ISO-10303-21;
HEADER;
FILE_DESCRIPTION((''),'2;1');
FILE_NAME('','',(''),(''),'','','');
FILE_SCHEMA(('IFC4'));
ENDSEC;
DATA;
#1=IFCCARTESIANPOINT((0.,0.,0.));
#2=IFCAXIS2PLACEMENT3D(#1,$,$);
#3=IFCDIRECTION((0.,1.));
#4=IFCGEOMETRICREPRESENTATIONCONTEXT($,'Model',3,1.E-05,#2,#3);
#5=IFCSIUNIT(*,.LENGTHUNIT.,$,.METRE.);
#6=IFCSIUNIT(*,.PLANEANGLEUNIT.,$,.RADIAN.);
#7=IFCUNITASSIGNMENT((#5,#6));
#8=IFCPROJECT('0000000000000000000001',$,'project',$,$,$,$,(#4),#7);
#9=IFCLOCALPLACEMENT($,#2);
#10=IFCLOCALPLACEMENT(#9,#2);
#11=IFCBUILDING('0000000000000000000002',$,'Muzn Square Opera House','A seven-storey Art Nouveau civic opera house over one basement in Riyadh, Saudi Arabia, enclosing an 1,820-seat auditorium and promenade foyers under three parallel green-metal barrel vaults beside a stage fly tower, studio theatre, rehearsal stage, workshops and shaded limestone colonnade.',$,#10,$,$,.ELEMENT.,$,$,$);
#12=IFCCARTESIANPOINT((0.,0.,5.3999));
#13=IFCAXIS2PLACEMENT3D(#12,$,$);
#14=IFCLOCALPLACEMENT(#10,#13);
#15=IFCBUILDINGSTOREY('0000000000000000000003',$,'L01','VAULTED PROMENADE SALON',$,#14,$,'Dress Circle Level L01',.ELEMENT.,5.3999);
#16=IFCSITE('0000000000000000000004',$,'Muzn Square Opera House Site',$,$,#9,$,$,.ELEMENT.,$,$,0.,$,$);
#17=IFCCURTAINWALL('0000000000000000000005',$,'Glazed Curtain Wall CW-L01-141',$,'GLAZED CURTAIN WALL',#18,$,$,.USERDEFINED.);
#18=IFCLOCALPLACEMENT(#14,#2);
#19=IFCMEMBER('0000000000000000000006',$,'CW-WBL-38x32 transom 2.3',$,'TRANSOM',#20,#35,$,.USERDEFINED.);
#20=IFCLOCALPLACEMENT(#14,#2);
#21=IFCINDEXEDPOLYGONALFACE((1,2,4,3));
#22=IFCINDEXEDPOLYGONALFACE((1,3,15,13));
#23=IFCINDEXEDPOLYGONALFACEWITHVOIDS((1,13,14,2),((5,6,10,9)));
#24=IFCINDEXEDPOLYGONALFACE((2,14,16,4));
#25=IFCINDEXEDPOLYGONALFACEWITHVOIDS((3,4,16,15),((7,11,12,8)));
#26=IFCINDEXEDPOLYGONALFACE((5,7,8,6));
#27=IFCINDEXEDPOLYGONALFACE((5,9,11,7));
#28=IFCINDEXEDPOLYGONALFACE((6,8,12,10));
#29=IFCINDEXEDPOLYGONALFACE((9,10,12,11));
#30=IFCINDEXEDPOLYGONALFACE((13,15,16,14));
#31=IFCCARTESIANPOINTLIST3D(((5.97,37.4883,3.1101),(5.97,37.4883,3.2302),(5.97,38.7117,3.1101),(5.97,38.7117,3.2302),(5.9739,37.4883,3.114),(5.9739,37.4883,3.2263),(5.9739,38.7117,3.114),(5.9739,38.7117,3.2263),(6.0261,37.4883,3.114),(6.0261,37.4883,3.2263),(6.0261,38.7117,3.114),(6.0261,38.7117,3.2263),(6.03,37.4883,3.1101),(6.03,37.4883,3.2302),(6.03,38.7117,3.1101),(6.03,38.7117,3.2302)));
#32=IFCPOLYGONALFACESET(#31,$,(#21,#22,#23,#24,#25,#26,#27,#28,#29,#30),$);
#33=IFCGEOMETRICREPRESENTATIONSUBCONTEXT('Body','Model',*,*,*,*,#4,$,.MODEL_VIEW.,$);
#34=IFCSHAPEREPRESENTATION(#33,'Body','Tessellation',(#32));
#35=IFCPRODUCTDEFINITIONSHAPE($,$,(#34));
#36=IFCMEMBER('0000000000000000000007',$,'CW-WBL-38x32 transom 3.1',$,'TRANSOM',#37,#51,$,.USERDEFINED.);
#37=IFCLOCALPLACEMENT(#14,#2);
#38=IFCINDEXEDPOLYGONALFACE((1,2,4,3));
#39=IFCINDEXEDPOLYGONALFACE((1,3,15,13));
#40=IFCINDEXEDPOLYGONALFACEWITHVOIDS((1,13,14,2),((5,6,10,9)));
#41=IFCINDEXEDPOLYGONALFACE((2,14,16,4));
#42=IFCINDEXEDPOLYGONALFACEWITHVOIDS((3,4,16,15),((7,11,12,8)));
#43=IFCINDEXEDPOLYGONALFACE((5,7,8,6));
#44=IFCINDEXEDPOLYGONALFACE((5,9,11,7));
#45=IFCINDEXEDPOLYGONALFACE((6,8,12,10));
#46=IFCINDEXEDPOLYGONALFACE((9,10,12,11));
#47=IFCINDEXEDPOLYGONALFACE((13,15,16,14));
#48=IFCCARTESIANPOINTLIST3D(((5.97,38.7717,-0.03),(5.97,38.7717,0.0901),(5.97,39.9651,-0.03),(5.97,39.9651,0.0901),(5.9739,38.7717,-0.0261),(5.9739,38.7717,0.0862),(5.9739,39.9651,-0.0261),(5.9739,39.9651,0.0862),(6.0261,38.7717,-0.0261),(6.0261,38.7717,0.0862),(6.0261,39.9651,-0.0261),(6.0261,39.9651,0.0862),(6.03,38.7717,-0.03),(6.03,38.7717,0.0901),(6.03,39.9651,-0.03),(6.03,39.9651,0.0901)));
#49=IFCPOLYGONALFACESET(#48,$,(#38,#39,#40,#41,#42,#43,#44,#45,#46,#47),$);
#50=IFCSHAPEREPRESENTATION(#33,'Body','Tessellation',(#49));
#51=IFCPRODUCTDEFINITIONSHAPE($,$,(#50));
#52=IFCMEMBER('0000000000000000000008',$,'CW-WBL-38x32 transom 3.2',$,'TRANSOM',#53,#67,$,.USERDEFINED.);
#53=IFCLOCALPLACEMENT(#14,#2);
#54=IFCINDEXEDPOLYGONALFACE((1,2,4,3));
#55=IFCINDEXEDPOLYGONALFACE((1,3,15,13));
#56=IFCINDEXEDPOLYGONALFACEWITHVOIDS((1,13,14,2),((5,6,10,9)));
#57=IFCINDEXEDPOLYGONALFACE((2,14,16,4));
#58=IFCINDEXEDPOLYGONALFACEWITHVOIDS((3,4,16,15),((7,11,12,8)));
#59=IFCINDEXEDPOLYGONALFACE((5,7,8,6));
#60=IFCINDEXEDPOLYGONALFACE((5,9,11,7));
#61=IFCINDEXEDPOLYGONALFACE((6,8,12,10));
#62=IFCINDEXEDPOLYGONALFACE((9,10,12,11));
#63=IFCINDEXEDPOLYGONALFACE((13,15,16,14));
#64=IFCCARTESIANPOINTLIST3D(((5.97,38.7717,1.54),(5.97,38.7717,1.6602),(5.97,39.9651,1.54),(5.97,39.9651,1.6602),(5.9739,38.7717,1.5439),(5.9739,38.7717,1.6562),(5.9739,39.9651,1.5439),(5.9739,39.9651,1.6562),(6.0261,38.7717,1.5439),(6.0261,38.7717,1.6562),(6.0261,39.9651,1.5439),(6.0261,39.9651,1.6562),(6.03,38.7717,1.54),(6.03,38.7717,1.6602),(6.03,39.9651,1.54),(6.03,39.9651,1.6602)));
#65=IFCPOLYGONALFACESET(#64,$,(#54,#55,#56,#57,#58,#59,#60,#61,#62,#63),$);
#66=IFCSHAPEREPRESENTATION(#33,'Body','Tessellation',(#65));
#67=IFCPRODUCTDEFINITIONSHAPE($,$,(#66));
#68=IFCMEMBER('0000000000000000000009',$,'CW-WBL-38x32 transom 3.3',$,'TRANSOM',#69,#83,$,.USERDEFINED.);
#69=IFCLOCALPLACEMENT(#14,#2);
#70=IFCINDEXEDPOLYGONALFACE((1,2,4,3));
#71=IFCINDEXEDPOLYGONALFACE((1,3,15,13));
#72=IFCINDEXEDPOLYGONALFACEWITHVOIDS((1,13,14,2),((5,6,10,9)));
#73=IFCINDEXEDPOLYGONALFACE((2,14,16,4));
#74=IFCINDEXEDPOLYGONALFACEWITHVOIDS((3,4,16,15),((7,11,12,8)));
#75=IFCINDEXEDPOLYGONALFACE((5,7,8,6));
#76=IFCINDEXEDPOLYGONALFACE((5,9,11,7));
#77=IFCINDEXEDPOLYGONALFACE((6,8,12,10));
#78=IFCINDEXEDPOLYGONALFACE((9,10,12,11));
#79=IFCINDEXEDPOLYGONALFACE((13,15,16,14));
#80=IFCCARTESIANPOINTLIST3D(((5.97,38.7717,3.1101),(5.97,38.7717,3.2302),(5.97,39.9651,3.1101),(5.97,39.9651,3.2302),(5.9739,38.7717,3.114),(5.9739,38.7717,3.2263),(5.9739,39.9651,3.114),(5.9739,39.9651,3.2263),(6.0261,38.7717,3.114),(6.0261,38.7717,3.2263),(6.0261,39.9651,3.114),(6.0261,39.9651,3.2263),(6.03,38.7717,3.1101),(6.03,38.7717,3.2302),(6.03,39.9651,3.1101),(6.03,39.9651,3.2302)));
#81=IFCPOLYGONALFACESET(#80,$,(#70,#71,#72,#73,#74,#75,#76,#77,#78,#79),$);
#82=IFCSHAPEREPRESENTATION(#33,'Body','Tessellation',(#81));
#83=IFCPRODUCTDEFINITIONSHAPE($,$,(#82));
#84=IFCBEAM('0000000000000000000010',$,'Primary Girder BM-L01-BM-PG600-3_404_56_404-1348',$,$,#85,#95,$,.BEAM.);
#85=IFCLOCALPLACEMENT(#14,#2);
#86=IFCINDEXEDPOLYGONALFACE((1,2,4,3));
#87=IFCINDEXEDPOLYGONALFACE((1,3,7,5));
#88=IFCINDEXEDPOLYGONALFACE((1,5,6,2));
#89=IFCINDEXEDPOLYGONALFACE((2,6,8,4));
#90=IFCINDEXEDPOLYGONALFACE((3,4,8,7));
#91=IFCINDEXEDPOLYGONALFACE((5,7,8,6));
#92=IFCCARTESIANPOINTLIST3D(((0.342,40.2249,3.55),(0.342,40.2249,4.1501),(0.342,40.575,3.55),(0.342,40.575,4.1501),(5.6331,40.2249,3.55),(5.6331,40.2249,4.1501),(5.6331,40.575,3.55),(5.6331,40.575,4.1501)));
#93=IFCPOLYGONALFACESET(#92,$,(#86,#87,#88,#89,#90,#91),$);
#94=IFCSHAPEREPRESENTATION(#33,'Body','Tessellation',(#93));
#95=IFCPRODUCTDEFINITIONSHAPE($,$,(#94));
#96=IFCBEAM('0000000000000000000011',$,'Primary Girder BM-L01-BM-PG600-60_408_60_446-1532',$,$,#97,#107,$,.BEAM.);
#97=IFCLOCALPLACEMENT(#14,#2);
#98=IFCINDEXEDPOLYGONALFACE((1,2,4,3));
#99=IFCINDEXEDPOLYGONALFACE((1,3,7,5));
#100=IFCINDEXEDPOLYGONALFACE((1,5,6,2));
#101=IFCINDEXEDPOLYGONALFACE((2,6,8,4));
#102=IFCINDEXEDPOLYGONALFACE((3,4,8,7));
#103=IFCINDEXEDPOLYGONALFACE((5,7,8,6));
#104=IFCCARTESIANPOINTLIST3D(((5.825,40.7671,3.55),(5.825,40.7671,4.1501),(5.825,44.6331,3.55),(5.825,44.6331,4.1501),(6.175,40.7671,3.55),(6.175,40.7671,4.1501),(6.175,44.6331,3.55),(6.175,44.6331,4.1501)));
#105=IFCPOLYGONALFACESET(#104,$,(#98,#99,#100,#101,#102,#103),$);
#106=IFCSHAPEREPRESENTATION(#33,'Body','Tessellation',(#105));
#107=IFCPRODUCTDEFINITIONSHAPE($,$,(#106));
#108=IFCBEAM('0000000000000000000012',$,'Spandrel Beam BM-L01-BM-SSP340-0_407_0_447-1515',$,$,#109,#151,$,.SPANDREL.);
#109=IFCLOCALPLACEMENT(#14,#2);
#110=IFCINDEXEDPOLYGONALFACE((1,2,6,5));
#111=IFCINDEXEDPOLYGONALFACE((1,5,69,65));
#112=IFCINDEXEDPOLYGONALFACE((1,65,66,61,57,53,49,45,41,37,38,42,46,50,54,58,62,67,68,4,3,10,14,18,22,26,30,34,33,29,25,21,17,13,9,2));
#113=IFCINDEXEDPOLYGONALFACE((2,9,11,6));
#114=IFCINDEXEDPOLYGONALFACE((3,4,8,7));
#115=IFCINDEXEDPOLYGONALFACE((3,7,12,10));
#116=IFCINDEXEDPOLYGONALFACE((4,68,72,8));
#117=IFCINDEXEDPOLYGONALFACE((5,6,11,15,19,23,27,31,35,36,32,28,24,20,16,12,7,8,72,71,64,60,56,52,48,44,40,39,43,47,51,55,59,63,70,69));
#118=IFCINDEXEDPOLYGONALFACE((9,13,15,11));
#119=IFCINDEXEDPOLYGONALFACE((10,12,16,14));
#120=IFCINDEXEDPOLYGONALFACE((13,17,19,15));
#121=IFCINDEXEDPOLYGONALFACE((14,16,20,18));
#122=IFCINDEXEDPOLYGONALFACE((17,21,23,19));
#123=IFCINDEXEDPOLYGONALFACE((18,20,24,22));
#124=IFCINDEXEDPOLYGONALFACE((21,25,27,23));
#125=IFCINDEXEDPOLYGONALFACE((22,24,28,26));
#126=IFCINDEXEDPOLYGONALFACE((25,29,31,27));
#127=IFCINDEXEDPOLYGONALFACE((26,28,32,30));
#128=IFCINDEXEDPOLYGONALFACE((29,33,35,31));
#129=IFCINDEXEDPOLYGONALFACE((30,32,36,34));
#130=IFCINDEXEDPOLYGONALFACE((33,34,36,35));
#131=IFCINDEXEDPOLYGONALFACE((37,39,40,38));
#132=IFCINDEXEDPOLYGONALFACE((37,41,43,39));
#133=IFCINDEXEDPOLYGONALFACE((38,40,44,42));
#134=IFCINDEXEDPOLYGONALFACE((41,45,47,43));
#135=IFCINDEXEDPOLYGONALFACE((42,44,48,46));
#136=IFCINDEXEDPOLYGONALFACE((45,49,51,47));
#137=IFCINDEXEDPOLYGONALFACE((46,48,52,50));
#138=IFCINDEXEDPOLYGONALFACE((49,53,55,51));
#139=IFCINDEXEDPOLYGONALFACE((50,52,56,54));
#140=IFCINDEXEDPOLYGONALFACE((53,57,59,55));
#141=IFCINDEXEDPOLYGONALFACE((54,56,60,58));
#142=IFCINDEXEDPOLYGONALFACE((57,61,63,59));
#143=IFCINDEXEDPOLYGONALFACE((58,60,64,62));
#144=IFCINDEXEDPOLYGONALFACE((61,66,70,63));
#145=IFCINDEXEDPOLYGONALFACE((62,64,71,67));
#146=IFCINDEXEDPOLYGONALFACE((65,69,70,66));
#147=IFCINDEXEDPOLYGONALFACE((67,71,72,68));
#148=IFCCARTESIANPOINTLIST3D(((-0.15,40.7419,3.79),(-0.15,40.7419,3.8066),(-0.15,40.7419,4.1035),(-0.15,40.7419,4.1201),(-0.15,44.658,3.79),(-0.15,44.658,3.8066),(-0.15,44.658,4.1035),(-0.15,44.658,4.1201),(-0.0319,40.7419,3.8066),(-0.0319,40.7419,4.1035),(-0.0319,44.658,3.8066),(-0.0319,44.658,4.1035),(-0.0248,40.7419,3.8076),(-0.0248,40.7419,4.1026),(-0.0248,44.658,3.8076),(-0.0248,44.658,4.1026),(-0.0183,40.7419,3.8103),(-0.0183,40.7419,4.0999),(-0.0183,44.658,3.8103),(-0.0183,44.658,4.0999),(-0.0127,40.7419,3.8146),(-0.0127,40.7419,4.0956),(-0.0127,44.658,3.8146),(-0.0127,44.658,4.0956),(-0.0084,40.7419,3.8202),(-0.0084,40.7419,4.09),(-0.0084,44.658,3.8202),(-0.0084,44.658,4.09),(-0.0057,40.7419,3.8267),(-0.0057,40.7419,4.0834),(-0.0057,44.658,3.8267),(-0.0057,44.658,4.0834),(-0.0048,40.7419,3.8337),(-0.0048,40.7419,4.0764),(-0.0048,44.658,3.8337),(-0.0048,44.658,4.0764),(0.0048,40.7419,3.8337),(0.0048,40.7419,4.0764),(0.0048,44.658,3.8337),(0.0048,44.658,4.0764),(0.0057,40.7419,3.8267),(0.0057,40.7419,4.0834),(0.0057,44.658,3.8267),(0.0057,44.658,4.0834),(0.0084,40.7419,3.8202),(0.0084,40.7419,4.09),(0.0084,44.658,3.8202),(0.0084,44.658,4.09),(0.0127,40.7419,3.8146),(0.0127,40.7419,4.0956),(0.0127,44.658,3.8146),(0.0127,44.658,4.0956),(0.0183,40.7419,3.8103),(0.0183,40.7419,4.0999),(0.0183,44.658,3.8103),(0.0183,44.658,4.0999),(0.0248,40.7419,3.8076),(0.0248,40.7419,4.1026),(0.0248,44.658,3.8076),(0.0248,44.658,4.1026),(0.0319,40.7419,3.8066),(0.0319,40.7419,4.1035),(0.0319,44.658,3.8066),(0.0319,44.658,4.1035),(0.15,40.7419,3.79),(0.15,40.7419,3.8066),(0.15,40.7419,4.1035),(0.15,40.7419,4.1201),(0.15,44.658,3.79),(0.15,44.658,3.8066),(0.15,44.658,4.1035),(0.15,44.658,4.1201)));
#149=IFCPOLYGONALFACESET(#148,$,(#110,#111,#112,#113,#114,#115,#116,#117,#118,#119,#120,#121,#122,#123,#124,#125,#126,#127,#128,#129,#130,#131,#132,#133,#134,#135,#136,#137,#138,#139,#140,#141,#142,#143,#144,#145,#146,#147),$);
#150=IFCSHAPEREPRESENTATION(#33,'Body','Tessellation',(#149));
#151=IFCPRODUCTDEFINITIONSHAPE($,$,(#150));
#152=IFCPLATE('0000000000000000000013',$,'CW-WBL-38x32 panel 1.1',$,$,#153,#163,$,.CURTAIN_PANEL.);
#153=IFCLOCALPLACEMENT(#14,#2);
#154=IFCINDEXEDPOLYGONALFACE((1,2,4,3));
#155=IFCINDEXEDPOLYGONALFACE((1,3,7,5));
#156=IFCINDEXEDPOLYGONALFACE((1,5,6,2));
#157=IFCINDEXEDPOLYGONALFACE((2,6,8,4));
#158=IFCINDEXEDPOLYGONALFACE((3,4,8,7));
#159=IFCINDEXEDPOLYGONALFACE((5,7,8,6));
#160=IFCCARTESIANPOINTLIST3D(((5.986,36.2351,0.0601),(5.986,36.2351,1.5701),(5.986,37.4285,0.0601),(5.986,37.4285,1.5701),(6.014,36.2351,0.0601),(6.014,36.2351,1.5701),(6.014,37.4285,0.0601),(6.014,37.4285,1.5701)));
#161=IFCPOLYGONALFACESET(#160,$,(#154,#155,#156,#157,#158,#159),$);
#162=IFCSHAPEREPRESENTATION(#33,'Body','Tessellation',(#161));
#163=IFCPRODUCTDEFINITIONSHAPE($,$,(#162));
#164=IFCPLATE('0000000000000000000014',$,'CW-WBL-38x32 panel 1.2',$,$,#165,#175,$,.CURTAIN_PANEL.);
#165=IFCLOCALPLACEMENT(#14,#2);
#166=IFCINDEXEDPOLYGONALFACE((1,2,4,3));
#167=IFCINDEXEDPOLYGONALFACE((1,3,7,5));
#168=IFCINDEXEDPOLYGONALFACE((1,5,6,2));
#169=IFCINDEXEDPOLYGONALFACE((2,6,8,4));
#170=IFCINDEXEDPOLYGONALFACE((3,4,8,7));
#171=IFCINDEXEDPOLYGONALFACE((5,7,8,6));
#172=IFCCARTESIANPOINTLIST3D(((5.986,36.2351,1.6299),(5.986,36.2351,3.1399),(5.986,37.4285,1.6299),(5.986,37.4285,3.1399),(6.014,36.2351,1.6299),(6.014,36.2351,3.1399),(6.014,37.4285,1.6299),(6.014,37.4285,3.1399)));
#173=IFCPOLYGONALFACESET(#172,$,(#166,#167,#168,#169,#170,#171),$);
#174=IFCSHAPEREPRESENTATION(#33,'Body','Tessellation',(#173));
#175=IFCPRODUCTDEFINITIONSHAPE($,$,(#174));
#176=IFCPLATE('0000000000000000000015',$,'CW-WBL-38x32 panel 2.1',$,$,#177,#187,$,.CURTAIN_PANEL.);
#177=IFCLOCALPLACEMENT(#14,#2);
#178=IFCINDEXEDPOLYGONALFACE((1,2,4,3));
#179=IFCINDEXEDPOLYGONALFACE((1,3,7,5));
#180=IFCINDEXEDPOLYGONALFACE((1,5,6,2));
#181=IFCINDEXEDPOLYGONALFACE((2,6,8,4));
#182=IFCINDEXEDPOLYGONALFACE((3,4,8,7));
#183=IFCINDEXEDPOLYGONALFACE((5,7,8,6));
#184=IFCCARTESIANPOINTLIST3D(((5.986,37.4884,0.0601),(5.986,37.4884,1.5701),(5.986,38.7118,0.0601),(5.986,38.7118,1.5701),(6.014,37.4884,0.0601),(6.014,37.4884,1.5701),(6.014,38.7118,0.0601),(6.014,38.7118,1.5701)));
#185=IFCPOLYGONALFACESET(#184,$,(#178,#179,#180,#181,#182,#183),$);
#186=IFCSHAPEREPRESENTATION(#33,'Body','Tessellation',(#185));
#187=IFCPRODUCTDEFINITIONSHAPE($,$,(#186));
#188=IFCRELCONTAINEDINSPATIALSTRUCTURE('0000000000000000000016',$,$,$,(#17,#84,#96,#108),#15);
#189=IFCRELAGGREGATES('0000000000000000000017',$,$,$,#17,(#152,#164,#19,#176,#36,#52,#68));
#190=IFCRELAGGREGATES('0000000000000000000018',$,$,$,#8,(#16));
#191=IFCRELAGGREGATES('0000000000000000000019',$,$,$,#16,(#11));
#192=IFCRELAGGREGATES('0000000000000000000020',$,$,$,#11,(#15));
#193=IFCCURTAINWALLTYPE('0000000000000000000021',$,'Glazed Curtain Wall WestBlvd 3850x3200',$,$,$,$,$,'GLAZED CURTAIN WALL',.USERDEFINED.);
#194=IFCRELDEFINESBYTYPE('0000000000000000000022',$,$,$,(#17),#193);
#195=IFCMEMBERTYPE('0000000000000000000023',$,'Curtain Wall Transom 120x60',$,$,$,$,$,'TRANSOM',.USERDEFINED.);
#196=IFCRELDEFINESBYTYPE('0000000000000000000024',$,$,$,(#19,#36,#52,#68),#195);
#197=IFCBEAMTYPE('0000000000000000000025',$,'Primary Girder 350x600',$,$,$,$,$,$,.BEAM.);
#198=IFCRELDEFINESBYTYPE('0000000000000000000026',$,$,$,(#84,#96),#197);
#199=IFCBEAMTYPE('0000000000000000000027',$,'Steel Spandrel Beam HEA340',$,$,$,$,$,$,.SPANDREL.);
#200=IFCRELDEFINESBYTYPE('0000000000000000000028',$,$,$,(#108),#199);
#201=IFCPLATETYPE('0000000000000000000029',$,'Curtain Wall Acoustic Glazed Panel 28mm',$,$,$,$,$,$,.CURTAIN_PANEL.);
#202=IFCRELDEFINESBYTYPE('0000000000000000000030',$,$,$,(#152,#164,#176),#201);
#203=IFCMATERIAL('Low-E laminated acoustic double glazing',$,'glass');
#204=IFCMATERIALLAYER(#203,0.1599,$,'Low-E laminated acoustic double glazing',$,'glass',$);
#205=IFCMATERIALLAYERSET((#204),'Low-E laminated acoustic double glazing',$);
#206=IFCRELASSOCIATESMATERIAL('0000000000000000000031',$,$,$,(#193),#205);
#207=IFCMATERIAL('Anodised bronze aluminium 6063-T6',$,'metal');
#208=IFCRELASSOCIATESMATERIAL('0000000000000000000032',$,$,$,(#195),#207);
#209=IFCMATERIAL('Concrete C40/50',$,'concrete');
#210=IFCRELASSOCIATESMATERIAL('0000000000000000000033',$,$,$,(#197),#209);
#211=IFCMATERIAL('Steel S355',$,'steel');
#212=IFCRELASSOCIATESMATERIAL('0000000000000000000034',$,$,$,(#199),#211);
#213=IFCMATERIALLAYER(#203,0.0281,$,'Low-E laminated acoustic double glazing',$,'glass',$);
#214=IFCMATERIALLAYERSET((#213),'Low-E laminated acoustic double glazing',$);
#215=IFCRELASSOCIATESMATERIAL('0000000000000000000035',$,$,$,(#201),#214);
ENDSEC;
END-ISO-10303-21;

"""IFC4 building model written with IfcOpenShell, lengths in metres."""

from ifc_helpers import new_model, si_unit, direction, frame, origin, origin_2d, place, context, subcontext, project, spatial, rectangle, hollow_rectangle, i_section, extrude, material, layer, layer_set, material_profile, profile_set, type_object, element, aggregate, save


model = new_model("IFC4")

# Units and contexts
model_context = context("Model", 3, precision=1e-05, world=origin(), true_north=direction((0.0, 1.0)))
body_context = subcontext(model_context, "Body", "Model", "MODEL_VIEW")
ifc_project = project(units=[si_unit("LENGTHUNIT", "METRE"), si_unit("PLANEANGLEUNIT", "RADIAN")], contexts=[model_context])

# Site, building, storey
site_placement = place(None, origin())
site = spatial("IfcSite", under=ifc_project, at=site_placement, Name="Muzn Square Opera House Site", CompositionType="ELEMENT", RefElevation=0.0)
building_placement = place(site_placement, origin())
building = spatial("IfcBuilding", under=site, at=building_placement, Name="Muzn Square Opera House", Description="A seven-storey Art Nouveau civic opera house over one basement in Riyadh, Saudi Arabia, enclosing an 1,820-seat auditorium and promenade foyers under three parallel green-metal barrel vaults beside a stage fly tower, studio theatre, rehearsal stage, workshops and shaded limestone colonnade.", CompositionType="ELEMENT")
storey_placement = place(building_placement, frame((0.0, 0.0, 5.3999)))
storey = spatial("IfcBuildingStorey", under=building, at=storey_placement, Name="L01", Description="VAULTED PROMENADE SALON", LongName="Dress Circle Level L01", CompositionType="ELEMENT", Elevation=5.3999)

# Curtain wall
ifc_material_1 = material(Name="Low-E laminated acoustic double glazing", Category="glass")
ifc_layer_1 = layer(ifc_material_1, 0.1599, Name="Low-E laminated acoustic double glazing", Category="glass")
ifc_layer_set_1 = layer_set([ifc_layer_1], Name="Low-E laminated acoustic double glazing")
curtain_wall_type = type_object("IfcCurtainWallType", Name="Glazed Curtain Wall WestBlvd 3850x3200", ElementType="GLAZED CURTAIN WALL", PredefinedType="USERDEFINED", material=ifc_layer_set_1)
curtain_wall_1_placement = place(storey_placement, origin())
curtain_wall_1 = element("IfcCurtainWall", 1, at=curtain_wall_1_placement, inside=storey, type_object=curtain_wall_type, Name="Glazed Curtain Wall CW-L01-141", ObjectType="GLAZED CURTAIN WALL", PredefinedType="USERDEFINED")
ifc_material_2 = material(Name="Anodised bronze aluminium 6063-T6", Category="metal")

# Members
ifc_material_profile_1 = material_profile(ifc_material_2, hollow_rectangle(XDim=0.0601, YDim=0.1201, WallThickness=0.0039, at=origin_2d()), Name="ALU 120x60x4", Category="metal")
ifc_profile_set_1 = profile_set([ifc_material_profile_1], Name="Anodised bronze aluminium 6063-T6")
member_type_1 = type_object("IfcMemberType", Name="Curtain Wall Transom 120x60", ElementType="TRANSOM", PredefinedType="USERDEFINED", material=ifc_profile_set_1)
member_1_placement = place(storey_placement, frame((6.0, 37.4883, 3.1702), z_axis=(0.0, 1.0, 0.0), x_axis=(-1.0, 0.0, 0.0)))
member_1 = element("IfcMember", 2, at=member_1_placement, type_object=member_type_1, Name="CW-WBL-38x32 transom 2.3", ObjectType="TRANSOM", PredefinedType="USERDEFINED", context=body_context, shape_type="SweptSolid", body=[
    extrude(hollow_rectangle(XDim=0.0601, YDim=0.1201, WallThickness=0.0039, at=origin_2d()), origin(), (0.0, 0.0, 1.0), 1.2234),
])
member_2_placement = place(storey_placement, frame((6.0, 38.7717, 0.03), z_axis=(0.0, 1.0, 0.0), x_axis=(-1.0, 0.0, 0.0)))
member_2 = element("IfcMember", 3, at=member_2_placement, type_object=member_type_1, Name="CW-WBL-38x32 transom 3.1", ObjectType="TRANSOM", PredefinedType="USERDEFINED", context=body_context, shape_type="SweptSolid", body=[
    extrude(hollow_rectangle(XDim=0.0601, YDim=0.1201, WallThickness=0.0039, at=origin_2d()), origin(), (0.0, 0.0, 1.0), 1.1934),
])
member_3_placement = place(storey_placement, frame((6.0, 38.7717, 1.6001), z_axis=(0.0, 1.0, 0.0), x_axis=(-1.0, 0.0, 0.0)))
member_3 = element("IfcMember", 4, at=member_3_placement, type_object=member_type_1, Name="CW-WBL-38x32 transom 3.2", ObjectType="TRANSOM", PredefinedType="USERDEFINED", context=body_context, shape_type="SweptSolid", body=[
    extrude(hollow_rectangle(XDim=0.0601, YDim=0.1201, WallThickness=0.0039, at=origin_2d()), origin(), (0.0, 0.0, 1.0), 1.1934),
])
member_4_placement = place(storey_placement, frame((6.0, 38.7717, 3.1702), z_axis=(0.0, 1.0, 0.0), x_axis=(-1.0, 0.0, 0.0)))
member_4 = element("IfcMember", 5, at=member_4_placement, type_object=member_type_1, Name="CW-WBL-38x32 transom 3.3", ObjectType="TRANSOM", PredefinedType="USERDEFINED", context=body_context, shape_type="SweptSolid", body=[
    extrude(hollow_rectangle(XDim=0.0601, YDim=0.1201, WallThickness=0.0039, at=origin_2d()), origin(), (0.0, 0.0, 1.0), 1.1934),
])

# Beams
ifc_material_3 = material(Name="Concrete C40/50", Category="concrete")
ifc_material_profile_2 = material_profile(ifc_material_3, rectangle(XDim=0.3501, YDim=0.6001, at=origin_2d()), Name="RCB 350x600", Category="concrete")
ifc_profile_set_2 = profile_set([ifc_material_profile_2], Name="Concrete C40/50")
beam_type_1 = type_object("IfcBeamType", Name="Primary Girder 350x600", PredefinedType="BEAM", material=ifc_profile_set_2)
beam_1_placement = place(storey_placement, frame((0.342, 40.3999, 3.8501), z_axis=(1.0, 0.0, 0.0), x_axis=(0.0, 1.0, 0.0)))
element("IfcBeam", 6, at=beam_1_placement, inside=storey, type_object=beam_type_1, Name="Primary Girder BM-L01-BM-PG600-3_404_56_404-1348", PredefinedType="BEAM", context=body_context, shape_type="SweptSolid", body=[
    extrude(rectangle(XDim=0.3501, YDim=0.6001, at=origin_2d()), origin(), (0.0, 0.0, 1.0), 5.291),
])
beam_2_placement = place(storey_placement, frame((6.0, 40.7671, 3.8501), z_axis=(0.0, 1.0, 0.0), x_axis=(-1.0, 0.0, 0.0)))
element("IfcBeam", 7, at=beam_2_placement, inside=storey, type_object=beam_type_1, Name="Primary Girder BM-L01-BM-PG600-60_408_60_446-1532", PredefinedType="BEAM", context=body_context, shape_type="SweptSolid", body=[
    extrude(rectangle(XDim=0.3501, YDim=0.6001, at=origin_2d()), origin(), (0.0, 0.0, 1.0), 3.866),
])
ifc_material_4 = material(Name="Steel S355", Category="steel")
ifc_material_profile_3 = material_profile(ifc_material_4, i_section(OverallWidth=0.3, OverallDepth=0.3301, WebThickness=0.0095, FlangeThickness=0.0166, FilletRadius=0.0271, at=origin_2d()), Name="HEA 340", Category="steel")
ifc_profile_set_3 = profile_set([ifc_material_profile_3], Name="Steel S355")
beam_type_2 = type_object("IfcBeamType", Name="Steel Spandrel Beam HEA340", PredefinedType="SPANDREL", material=ifc_profile_set_3)
beam_3_placement = place(storey_placement, frame((0.0, 40.7419, 3.9551), z_axis=(0.0, 1.0, 0.0), x_axis=(-1.0, 0.0, 0.0)))
element("IfcBeam", 8, at=beam_3_placement, inside=storey, type_object=beam_type_2, Name="Spandrel Beam BM-L01-BM-SSP340-0_407_0_447-1515", PredefinedType="SPANDREL", context=body_context, shape_type="SweptSolid", body=[
    extrude(i_section(OverallWidth=0.3, OverallDepth=0.3301, WebThickness=0.0095, FlangeThickness=0.0166, FilletRadius=0.0271, at=origin_2d()), origin(), (0.0, 0.0, 1.0), 3.916),
])

# Plates
ifc_layer_2 = layer(ifc_material_1, 0.0281, Name="Low-E laminated acoustic double glazing", Category="glass")
ifc_layer_set_2 = layer_set([ifc_layer_2], Name="Low-E laminated acoustic double glazing")
plate_type = type_object("IfcPlateType", Name="Curtain Wall Acoustic Glazed Panel 28mm", PredefinedType="CURTAIN_PANEL", material=ifc_layer_set_2)
plate_1_placement = place(storey_placement, frame((6.0, 36.8318, 0.0601), z_axis=(0.0, 0.0, 1.0), x_axis=(0.0, 1.0, 0.0)))
plate_1 = element("IfcPlate", 9, at=plate_1_placement, type_object=plate_type, Name="CW-WBL-38x32 panel 1.1", PredefinedType="CURTAIN_PANEL", context=body_context, shape_type="SweptSolid", body=[
    extrude(rectangle(XDim=1.1934, YDim=0.0281, at=origin_2d()), origin(), (0.0, 0.0, 1.0), 1.51),
])
plate_2_placement = place(storey_placement, frame((6.0, 36.8318, 1.6299), z_axis=(0.0, 0.0, 1.0), x_axis=(0.0, 1.0, 0.0)))
plate_2 = element("IfcPlate", 10, at=plate_2_placement, type_object=plate_type, Name="CW-WBL-38x32 panel 1.2", PredefinedType="CURTAIN_PANEL", context=body_context, shape_type="SweptSolid", body=[
    extrude(rectangle(XDim=1.1934, YDim=0.0281, at=origin_2d()), origin(), (0.0, 0.0, 1.0), 1.51),
])
plate_3_placement = place(storey_placement, frame((6.0, 38.1001, 0.0601), z_axis=(0.0, 0.0, 1.0), x_axis=(0.0, 1.0, 0.0)))
plate_3 = element("IfcPlate", 11, at=plate_3_placement, type_object=plate_type, Name="CW-WBL-38x32 panel 2.1", PredefinedType="CURTAIN_PANEL", context=body_context, shape_type="SweptSolid", body=[
    extrude(rectangle(XDim=1.2234, YDim=0.0281, at=origin_2d()), origin(), (0.0, 0.0, 1.0), 1.51),
])
aggregate(curtain_wall_1, [plate_1, plate_2, member_1, plate_3, member_2, member_3, member_4])

save(model, "model.ifc")
